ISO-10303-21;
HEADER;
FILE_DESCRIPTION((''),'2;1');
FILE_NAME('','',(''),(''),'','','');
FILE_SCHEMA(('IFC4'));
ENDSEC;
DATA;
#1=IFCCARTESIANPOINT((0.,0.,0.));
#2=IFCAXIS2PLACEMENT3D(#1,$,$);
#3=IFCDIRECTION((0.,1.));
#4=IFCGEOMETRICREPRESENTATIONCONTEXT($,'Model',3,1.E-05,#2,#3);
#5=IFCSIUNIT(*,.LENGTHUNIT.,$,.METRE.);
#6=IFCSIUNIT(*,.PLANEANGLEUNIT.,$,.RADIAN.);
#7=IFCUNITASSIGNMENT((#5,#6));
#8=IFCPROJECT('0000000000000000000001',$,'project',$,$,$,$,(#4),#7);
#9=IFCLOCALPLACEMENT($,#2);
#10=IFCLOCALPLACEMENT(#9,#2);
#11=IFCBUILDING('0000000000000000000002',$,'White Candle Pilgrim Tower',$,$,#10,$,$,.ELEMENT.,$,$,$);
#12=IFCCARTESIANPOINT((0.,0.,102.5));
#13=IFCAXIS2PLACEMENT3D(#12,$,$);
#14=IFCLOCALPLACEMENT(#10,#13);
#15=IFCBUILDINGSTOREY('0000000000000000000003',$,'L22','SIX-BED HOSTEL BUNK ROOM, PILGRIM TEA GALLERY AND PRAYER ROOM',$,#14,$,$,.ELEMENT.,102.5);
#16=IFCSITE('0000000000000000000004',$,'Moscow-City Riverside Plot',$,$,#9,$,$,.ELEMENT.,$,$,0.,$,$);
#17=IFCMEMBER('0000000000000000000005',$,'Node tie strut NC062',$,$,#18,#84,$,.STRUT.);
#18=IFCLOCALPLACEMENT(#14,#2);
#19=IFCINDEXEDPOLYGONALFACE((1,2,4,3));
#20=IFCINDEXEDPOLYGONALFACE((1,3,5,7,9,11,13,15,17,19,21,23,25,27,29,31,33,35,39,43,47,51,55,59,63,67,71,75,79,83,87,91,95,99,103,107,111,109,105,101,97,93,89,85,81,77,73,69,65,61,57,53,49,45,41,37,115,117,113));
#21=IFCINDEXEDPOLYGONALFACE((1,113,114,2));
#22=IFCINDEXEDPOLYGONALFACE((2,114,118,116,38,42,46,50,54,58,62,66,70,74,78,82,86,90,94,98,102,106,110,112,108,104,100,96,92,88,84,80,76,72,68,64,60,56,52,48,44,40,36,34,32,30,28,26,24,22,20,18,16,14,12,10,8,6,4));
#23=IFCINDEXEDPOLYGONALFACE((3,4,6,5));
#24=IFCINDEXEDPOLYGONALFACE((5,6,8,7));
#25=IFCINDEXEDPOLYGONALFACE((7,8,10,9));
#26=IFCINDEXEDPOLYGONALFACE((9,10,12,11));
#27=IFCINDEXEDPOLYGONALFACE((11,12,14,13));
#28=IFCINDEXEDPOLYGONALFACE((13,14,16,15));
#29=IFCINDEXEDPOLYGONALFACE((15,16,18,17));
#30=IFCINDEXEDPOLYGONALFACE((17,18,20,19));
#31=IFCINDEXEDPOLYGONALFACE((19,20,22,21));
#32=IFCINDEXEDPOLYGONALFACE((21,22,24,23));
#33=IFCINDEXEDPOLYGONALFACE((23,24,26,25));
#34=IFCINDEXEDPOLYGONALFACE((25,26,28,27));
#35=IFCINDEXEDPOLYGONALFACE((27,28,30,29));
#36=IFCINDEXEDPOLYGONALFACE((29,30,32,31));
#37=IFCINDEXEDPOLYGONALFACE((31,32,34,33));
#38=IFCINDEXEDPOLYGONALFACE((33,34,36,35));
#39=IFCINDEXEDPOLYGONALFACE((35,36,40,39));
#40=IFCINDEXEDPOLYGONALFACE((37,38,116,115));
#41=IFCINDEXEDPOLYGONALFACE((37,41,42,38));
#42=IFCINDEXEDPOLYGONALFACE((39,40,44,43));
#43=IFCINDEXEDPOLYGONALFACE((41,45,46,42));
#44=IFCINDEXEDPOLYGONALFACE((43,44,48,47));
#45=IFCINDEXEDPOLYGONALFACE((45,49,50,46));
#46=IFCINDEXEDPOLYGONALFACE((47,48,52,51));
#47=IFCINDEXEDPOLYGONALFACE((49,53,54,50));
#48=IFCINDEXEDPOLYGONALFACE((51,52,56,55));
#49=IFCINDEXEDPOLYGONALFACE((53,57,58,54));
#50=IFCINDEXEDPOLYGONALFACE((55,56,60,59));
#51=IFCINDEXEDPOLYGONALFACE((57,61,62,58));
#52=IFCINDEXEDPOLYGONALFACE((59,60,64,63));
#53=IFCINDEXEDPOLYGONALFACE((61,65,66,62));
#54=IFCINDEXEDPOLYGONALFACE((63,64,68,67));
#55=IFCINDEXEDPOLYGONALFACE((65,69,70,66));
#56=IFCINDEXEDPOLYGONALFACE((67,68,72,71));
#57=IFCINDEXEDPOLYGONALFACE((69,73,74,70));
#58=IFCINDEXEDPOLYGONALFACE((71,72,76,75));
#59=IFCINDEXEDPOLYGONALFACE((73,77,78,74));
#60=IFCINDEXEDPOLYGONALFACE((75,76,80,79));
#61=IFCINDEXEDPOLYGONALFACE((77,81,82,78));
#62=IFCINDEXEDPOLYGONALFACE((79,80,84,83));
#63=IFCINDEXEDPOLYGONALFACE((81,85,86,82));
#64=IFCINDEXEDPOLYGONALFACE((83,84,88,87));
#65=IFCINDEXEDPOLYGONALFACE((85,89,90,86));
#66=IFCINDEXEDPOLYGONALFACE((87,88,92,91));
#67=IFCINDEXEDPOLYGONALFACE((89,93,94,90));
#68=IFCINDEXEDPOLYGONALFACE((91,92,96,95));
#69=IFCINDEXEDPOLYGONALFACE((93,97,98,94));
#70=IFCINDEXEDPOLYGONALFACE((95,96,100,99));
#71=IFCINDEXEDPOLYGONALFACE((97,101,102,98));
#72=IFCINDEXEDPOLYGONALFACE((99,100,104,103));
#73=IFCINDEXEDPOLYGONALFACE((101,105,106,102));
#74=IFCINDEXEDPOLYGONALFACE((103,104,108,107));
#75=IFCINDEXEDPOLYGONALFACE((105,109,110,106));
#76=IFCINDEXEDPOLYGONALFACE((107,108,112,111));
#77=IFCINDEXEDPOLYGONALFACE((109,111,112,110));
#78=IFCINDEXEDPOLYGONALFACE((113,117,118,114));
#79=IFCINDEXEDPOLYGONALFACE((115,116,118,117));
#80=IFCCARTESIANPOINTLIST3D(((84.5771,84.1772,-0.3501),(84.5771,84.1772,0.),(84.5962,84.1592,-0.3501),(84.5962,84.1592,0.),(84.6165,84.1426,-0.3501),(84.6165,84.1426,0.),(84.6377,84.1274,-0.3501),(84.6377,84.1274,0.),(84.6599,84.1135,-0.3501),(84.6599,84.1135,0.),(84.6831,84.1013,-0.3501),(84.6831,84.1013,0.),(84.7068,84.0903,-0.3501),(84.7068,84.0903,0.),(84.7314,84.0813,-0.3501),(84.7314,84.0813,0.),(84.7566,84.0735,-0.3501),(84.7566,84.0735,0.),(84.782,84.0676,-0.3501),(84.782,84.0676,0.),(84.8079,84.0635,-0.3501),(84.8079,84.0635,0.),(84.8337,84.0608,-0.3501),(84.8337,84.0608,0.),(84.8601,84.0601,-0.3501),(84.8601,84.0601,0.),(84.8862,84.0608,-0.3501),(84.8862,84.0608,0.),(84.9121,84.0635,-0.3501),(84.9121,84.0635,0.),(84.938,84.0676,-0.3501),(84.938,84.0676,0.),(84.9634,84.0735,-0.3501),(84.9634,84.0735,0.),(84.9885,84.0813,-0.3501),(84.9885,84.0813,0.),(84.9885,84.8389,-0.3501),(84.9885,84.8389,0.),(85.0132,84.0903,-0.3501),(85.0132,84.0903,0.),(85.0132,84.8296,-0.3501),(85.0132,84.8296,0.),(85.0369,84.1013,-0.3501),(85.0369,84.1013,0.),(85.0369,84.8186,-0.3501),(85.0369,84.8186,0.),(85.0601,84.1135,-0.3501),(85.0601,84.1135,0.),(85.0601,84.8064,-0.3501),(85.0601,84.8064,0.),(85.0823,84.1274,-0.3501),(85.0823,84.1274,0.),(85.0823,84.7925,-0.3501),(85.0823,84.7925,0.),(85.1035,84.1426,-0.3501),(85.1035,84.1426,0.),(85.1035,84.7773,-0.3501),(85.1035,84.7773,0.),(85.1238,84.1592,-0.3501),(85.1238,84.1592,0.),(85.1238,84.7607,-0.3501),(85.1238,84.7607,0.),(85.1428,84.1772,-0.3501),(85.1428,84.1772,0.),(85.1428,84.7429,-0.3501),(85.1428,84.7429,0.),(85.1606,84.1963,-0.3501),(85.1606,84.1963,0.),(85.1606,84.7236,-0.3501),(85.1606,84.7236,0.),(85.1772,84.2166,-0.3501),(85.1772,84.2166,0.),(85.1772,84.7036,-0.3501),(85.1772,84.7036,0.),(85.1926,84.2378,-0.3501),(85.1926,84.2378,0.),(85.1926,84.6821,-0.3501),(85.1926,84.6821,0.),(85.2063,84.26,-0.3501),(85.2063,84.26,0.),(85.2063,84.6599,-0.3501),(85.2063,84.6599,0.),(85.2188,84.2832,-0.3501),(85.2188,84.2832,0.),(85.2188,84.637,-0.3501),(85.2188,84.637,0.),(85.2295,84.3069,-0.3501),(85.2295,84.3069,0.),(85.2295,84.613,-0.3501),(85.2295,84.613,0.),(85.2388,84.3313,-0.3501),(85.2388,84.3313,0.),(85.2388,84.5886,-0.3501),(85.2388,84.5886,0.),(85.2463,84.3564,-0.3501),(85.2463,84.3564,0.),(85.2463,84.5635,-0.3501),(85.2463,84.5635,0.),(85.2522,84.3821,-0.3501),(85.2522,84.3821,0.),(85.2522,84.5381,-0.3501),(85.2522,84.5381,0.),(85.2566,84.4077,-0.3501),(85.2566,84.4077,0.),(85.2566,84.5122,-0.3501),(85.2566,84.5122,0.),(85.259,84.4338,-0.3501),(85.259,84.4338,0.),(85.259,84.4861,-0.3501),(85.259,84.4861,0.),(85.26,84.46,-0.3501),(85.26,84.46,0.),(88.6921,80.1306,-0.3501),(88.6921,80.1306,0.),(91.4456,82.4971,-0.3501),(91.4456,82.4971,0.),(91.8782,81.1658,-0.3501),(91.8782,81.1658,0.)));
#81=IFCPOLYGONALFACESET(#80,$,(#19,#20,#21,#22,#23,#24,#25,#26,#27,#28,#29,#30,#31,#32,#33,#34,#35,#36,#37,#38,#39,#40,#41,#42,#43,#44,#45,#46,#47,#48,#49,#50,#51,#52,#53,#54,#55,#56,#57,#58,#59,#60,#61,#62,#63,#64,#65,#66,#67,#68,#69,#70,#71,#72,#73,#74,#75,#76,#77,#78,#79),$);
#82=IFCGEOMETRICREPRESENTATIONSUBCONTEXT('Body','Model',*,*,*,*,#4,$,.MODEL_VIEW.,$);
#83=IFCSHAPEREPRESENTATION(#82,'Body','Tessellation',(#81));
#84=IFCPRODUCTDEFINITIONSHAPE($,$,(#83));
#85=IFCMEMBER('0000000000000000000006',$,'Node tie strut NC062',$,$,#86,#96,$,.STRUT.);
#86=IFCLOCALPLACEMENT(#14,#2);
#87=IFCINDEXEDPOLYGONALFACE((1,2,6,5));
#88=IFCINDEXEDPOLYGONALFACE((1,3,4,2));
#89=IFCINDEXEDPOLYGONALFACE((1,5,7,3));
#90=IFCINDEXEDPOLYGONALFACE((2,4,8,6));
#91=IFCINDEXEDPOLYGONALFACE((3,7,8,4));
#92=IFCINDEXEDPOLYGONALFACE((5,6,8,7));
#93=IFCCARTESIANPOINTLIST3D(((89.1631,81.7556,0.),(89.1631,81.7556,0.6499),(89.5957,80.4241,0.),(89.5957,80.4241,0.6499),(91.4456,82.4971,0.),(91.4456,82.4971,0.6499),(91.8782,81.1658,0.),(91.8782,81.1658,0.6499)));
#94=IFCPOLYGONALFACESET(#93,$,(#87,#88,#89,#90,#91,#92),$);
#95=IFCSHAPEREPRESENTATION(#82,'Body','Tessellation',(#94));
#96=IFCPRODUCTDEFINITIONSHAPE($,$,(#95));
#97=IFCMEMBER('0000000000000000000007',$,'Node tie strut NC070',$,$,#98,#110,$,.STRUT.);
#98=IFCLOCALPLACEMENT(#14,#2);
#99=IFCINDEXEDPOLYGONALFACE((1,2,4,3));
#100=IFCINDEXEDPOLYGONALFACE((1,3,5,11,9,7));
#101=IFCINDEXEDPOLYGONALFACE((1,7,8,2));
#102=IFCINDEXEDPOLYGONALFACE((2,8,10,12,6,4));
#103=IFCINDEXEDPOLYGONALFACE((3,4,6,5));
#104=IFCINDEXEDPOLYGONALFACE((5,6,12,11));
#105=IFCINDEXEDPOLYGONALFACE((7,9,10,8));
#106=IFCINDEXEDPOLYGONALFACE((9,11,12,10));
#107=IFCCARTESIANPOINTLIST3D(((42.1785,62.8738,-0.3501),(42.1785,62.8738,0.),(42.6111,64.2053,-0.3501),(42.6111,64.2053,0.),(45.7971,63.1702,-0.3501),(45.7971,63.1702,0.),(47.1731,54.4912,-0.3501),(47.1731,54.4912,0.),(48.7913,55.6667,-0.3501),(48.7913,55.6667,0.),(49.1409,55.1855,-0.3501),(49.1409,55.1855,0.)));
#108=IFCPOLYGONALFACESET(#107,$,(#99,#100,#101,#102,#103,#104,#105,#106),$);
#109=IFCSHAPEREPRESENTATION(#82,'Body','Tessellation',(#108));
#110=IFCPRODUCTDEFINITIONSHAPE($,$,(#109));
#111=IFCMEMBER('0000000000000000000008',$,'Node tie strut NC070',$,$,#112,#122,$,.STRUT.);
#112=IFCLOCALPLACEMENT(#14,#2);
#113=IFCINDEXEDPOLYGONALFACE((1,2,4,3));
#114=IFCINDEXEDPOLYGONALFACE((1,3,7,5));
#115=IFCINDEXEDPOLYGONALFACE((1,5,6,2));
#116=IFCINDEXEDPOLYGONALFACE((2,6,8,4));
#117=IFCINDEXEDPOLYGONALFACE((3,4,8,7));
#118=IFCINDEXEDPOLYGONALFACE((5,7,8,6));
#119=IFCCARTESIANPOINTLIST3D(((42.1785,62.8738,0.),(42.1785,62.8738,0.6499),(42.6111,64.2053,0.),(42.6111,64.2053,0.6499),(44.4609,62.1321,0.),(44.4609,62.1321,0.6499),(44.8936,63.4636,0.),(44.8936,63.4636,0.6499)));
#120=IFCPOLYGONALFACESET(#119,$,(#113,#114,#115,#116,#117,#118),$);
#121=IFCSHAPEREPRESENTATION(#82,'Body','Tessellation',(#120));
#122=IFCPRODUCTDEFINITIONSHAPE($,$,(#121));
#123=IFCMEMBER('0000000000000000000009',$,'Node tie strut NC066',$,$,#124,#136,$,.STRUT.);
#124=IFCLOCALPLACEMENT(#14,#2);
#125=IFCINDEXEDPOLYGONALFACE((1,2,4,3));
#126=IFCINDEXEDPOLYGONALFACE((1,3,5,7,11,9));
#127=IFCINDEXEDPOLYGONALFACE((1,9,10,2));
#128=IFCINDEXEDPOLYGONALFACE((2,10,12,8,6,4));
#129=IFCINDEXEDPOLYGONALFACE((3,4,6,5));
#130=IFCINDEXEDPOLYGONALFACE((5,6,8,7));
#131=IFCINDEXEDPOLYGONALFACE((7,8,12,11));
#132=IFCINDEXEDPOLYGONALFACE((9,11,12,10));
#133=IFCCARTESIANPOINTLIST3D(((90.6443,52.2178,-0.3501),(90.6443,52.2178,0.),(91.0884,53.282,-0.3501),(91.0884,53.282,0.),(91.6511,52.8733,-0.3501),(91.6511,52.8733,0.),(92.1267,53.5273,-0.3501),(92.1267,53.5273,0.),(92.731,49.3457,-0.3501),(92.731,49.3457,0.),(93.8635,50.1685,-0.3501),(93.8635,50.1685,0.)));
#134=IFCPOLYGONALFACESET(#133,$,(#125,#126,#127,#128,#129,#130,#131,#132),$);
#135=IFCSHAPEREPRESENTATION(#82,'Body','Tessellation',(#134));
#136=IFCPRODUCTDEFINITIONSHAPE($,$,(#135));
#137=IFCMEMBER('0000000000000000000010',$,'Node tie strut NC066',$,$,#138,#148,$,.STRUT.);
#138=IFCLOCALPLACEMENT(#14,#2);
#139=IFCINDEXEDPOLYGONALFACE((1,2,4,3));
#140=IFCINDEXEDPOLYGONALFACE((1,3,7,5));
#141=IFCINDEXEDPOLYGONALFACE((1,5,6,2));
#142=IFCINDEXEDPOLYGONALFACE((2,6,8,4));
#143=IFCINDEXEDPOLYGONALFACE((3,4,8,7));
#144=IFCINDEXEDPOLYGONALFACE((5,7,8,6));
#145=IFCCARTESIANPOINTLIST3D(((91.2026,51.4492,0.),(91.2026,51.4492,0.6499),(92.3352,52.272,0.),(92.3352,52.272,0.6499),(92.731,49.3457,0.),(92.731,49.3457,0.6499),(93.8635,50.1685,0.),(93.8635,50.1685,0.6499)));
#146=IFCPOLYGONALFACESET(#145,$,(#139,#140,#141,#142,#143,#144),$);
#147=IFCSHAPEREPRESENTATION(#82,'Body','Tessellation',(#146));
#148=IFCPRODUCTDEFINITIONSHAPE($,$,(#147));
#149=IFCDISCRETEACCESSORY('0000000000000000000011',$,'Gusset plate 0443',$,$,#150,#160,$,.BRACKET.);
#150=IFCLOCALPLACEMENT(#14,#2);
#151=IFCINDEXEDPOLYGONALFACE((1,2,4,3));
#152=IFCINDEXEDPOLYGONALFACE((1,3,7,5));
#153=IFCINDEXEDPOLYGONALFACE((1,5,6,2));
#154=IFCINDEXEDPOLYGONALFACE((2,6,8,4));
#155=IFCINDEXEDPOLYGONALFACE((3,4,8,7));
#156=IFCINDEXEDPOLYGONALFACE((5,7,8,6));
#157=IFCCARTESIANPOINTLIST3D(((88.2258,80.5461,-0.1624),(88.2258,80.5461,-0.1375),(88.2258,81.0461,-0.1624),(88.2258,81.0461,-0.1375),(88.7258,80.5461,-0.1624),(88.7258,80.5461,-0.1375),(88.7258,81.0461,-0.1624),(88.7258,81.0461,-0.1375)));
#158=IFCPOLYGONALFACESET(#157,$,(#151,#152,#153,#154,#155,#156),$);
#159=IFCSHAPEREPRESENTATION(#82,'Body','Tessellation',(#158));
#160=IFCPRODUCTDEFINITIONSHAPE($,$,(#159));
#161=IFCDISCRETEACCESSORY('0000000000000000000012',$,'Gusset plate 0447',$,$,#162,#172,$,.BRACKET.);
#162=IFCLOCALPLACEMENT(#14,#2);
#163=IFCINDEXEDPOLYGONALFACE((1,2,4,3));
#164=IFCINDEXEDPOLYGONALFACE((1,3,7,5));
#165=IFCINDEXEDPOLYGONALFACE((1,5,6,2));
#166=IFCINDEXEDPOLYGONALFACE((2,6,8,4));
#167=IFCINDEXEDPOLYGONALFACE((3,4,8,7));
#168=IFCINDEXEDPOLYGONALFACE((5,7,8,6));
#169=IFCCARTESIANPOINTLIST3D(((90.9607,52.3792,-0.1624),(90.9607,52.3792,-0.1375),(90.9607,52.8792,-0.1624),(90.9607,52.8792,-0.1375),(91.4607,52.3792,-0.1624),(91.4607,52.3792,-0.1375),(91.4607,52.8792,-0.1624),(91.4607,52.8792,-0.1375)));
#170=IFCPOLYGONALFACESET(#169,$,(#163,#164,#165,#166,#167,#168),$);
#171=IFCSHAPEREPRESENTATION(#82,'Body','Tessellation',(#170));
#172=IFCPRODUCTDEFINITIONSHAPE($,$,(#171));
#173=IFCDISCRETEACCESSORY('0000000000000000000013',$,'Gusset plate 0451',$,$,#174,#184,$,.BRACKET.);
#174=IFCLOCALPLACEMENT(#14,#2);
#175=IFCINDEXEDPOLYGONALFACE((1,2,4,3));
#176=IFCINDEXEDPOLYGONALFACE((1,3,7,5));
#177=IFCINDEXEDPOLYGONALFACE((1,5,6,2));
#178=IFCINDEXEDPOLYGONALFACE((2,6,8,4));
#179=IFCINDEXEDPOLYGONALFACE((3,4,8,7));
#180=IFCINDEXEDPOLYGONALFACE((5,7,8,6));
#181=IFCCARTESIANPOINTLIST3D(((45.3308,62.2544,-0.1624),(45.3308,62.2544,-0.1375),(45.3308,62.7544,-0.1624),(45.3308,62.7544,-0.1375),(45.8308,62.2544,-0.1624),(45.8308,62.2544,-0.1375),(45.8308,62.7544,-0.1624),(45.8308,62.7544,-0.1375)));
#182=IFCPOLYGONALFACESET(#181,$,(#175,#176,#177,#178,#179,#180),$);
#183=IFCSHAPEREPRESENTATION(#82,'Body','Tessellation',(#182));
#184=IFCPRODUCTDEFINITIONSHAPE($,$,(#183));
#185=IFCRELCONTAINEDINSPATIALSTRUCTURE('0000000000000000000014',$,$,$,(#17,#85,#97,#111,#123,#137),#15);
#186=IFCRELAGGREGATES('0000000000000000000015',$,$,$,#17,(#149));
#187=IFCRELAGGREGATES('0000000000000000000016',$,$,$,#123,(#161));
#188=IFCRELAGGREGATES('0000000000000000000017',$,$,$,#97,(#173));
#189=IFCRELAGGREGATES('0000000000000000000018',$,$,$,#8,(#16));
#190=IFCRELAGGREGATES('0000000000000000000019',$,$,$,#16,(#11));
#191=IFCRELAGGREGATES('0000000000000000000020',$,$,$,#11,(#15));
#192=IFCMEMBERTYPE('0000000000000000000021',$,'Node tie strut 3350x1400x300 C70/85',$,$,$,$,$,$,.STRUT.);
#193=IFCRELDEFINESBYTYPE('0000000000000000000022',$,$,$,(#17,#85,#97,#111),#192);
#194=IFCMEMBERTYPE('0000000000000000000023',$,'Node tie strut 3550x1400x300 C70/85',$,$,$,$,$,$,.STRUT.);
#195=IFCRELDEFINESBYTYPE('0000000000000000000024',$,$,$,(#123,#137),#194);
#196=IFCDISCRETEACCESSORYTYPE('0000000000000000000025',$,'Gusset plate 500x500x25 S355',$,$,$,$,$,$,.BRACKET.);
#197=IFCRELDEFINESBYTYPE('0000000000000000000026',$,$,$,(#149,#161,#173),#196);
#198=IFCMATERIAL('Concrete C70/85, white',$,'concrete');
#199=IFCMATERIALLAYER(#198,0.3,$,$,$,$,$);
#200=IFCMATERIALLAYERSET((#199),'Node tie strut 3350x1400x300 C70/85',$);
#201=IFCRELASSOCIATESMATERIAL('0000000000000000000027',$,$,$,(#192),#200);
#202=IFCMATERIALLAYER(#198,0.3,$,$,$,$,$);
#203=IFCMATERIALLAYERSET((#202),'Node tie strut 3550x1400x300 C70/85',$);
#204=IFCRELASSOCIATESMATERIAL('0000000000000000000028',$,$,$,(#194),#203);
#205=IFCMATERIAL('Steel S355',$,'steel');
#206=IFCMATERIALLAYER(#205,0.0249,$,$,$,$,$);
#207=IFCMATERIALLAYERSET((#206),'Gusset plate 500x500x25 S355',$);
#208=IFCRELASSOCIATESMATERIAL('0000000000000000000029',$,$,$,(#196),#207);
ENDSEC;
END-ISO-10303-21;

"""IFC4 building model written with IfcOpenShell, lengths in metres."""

from ifc_helpers import new_model, si_unit, direction, frame, origin, origin_2d, place, context, subcontext, project, spatial, polyline, rectangle, outline, extrude, material, layer, layer_set, type_object, element, aggregate, save


model = new_model("IFC4")

# Units and contexts
model_context = context("Model", 3, precision=1e-05, world=origin(), true_north=direction((0.0, 1.0)))
body_context = subcontext(model_context, "Body", "Model", "MODEL_VIEW")
ifc_project = project(units=[si_unit("LENGTHUNIT", "METRE"), si_unit("PLANEANGLEUNIT", "RADIAN")], contexts=[model_context])

# Site, building, storey
site_placement = place(None, origin())
site = spatial("IfcSite", under=ifc_project, at=site_placement, Name="Moscow-City Riverside Plot", CompositionType="ELEMENT", RefElevation=0.0)
building_placement = place(site_placement, origin())
building = spatial("IfcBuilding", under=site, at=building_placement, Name="White Candle Pilgrim Tower", CompositionType="ELEMENT")
storey_placement = place(building_placement, frame((0.0, 0.0, 102.5)))
storey = spatial("IfcBuildingStorey", under=building, at=storey_placement, Name="L22", Description="SIX-BED HOSTEL BUNK ROOM, PILGRIM TEA GALLERY AND PRAYER ROOM", CompositionType="ELEMENT", Elevation=102.5)

# Members
ifc_material_1 = material(Name="Concrete C70/85, white", Category="concrete")
ifc_layer_1 = layer(ifc_material_1, 0.3)
ifc_layer_set_1 = layer_set([ifc_layer_1], Name="Node tie strut 3350x1400x300 C70/85")
member_type_1 = type_object("IfcMemberType", Name="Node tie strut 3350x1400x300 C70/85", PredefinedType="STRUT", material=ifc_layer_set_1)
member_1_placement = place(storey_placement, frame((0.0, 0.0, -0.3501)))
member_1 = element("IfcMember", 1, at=member_1_placement, inside=storey, type_object=member_type_1, Name="Node tie strut NC062", PredefinedType="STRUT", context=body_context, shape_type="SweptSolid", body=[
    extrude(outline(polyline([(88.6921, 80.1306), (91.8782, 81.1658), (91.4456, 82.4971), (84.9885, 84.8389), (85.0132, 84.8296), (85.0369, 84.8186), (85.0601, 84.8064), (85.0823, 84.7925), (85.1035, 84.7773), (85.1238, 84.7607), (85.1428, 84.7429), (85.1606, 84.7236), (85.1772, 84.7036), (85.1926, 84.6821), (85.2063, 84.6599), (85.2188, 84.637), (85.2295, 84.613), (85.2388, 84.5886), (85.2463, 84.5635), (85.2522, 84.5381), (85.2566, 84.5122), (85.259, 84.4861), (85.26, 84.46), (85.259, 84.4338), (85.2566, 84.4077), (85.2522, 84.3821), (85.2463, 84.3564), (85.2388, 84.3313), (85.2295, 84.3069), (85.2188, 84.2832), (85.2063, 84.26), (85.1926, 84.2378), (85.1772, 84.2166), (85.1606, 84.1963), (85.1428, 84.1772), (85.1238, 84.1592), (85.1035, 84.1426), (85.0823, 84.1274), (85.0601, 84.1135), (85.0369, 84.1013), (85.0132, 84.0903), (84.9885, 84.0813), (84.9634, 84.0735), (84.938, 84.0676), (84.9121, 84.0635), (84.8862, 84.0608), (84.8601, 84.0601), (84.8337, 84.0608), (84.8079, 84.0635), (84.782, 84.0676), (84.7566, 84.0735), (84.7314, 84.0813), (84.7068, 84.0903), (84.6831, 84.1013), (84.6599, 84.1135), (84.6377, 84.1274), (84.6165, 84.1426), (84.5962, 84.1592), (84.5771, 84.1772), (88.6921, 80.1306)])), origin(), (0.0, 0.0, 1.0), 0.3501),
])
member_2_placement = place(storey_placement, origin())
element("IfcMember", 2, at=member_2_placement, inside=storey, type_object=member_type_1, Name="Node tie strut NC062", PredefinedType="STRUT", context=body_context, shape_type="SweptSolid", body=[
    extrude(outline(polyline([(89.5957, 80.4241), (91.8782, 81.1658), (91.4456, 82.4971), (89.1631, 81.7556), (89.5957, 80.4241)])), origin(), (0.0, 0.0, 1.0), 0.6499),
])
member_3_placement = place(storey_placement, frame((0.0, 0.0, -0.3501)))
member_3 = element("IfcMember", 3, at=member_3_placement, inside=storey, type_object=member_type_1, Name="Node tie strut NC070", PredefinedType="STRUT", context=body_context, shape_type="SweptSolid", body=[
    extrude(outline(polyline([(47.1731, 54.4912), (48.7913, 55.6667), (49.1409, 55.1855), (45.7971, 63.1702), (42.6111, 64.2053), (42.1785, 62.8738), (47.1731, 54.4912)])), origin(), (0.0, 0.0, 1.0), 0.3501),
])
member_4_placement = place(storey_placement, origin())
element("IfcMember", 4, at=member_4_placement, inside=storey, type_object=member_type_1, Name="Node tie strut NC070", PredefinedType="STRUT", context=body_context, shape_type="SweptSolid", body=[
    extrude(outline(polyline([(44.4609, 62.1321), (44.8936, 63.4636), (42.6111, 64.2053), (42.1785, 62.8738), (44.4609, 62.1321)])), origin(), (0.0, 0.0, 1.0), 0.6499),
])
ifc_layer_2 = layer(ifc_material_1, 0.3)
ifc_layer_set_2 = layer_set([ifc_layer_2], Name="Node tie strut 3550x1400x300 C70/85")
member_type_2 = type_object("IfcMemberType", Name="Node tie strut 3550x1400x300 C70/85", PredefinedType="STRUT", material=ifc_layer_set_2)
member_5_placement = place(storey_placement, frame((0.0, 0.0, -0.3501)))
member_5 = element("IfcMember", 5, at=member_5_placement, inside=storey, type_object=member_type_2, Name="Node tie strut NC066", PredefinedType="STRUT", context=body_context, shape_type="SweptSolid", body=[
    extrude(outline(polyline([(92.731, 49.3457), (93.8635, 50.1685), (92.1267, 53.5273), (91.6511, 52.8733), (91.0884, 53.282), (90.6443, 52.2178), (92.731, 49.3457)])), origin(), (0.0, 0.0, 1.0), 0.3501),
])
member_6_placement = place(storey_placement, origin())
element("IfcMember", 6, at=member_6_placement, inside=storey, type_object=member_type_2, Name="Node tie strut NC066", PredefinedType="STRUT", context=body_context, shape_type="SweptSolid", body=[
    extrude(outline(polyline([(92.731, 49.3457), (93.8635, 50.1685), (92.3352, 52.272), (91.2026, 51.4492), (92.731, 49.3457)])), origin(), (0.0, 0.0, 1.0), 0.6499),
])

# Discrete accessories
ifc_material_2 = material(Name="Steel S355", Category="steel")
ifc_layer_3 = layer(ifc_material_2, 0.0249)
ifc_layer_set_3 = layer_set([ifc_layer_3], Name="Gusset plate 500x500x25 S355")
discrete_accessory_type = type_object("IfcDiscreteAccessoryType", Name="Gusset plate 500x500x25 S355", PredefinedType="BRACKET", material=ifc_layer_set_3)
discrete_accessory_1_placement = place(storey_placement, frame((88.4758, 80.7961, -0.1624), z_axis=(0.0, 0.0, 1.0), x_axis=(1.0, 0.0, 0.0)))
discrete_accessory_1 = element("IfcDiscreteAccessory", 7, at=discrete_accessory_1_placement, type_object=discrete_accessory_type, Name="Gusset plate 0443", PredefinedType="BRACKET", context=body_context, shape_type="SweptSolid", body=[
    extrude(rectangle(XDim=0.5, YDim=0.5, at=origin_2d()), origin(), (0.0, 0.0, 1.0), 0.0249),
])
aggregate(member_1, [discrete_accessory_1])
discrete_accessory_2_placement = place(storey_placement, frame((91.2107, 52.6292, -0.1624), z_axis=(0.0, 0.0, 1.0), x_axis=(1.0, 0.0, 0.0)))
discrete_accessory_2 = element("IfcDiscreteAccessory", 8, at=discrete_accessory_2_placement, type_object=discrete_accessory_type, Name="Gusset plate 0447", PredefinedType="BRACKET", context=body_context, shape_type="SweptSolid", body=[
    extrude(rectangle(XDim=0.5, YDim=0.5, at=origin_2d()), origin(), (0.0, 0.0, 1.0), 0.0249),
])
aggregate(member_5, [discrete_accessory_2])
discrete_accessory_3_placement = place(storey_placement, frame((45.5808, 62.5044, -0.1624), z_axis=(0.0, 0.0, 1.0), x_axis=(1.0, 0.0, 0.0)))
discrete_accessory_3 = element("IfcDiscreteAccessory", 9, at=discrete_accessory_3_placement, type_object=discrete_accessory_type, Name="Gusset plate 0451", PredefinedType="BRACKET", context=body_context, shape_type="SweptSolid", body=[
    extrude(rectangle(XDim=0.5, YDim=0.5, at=origin_2d()), origin(), (0.0, 0.0, 1.0), 0.0249),
])
aggregate(member_3, [discrete_accessory_3])

save(model, "model.ifc")
